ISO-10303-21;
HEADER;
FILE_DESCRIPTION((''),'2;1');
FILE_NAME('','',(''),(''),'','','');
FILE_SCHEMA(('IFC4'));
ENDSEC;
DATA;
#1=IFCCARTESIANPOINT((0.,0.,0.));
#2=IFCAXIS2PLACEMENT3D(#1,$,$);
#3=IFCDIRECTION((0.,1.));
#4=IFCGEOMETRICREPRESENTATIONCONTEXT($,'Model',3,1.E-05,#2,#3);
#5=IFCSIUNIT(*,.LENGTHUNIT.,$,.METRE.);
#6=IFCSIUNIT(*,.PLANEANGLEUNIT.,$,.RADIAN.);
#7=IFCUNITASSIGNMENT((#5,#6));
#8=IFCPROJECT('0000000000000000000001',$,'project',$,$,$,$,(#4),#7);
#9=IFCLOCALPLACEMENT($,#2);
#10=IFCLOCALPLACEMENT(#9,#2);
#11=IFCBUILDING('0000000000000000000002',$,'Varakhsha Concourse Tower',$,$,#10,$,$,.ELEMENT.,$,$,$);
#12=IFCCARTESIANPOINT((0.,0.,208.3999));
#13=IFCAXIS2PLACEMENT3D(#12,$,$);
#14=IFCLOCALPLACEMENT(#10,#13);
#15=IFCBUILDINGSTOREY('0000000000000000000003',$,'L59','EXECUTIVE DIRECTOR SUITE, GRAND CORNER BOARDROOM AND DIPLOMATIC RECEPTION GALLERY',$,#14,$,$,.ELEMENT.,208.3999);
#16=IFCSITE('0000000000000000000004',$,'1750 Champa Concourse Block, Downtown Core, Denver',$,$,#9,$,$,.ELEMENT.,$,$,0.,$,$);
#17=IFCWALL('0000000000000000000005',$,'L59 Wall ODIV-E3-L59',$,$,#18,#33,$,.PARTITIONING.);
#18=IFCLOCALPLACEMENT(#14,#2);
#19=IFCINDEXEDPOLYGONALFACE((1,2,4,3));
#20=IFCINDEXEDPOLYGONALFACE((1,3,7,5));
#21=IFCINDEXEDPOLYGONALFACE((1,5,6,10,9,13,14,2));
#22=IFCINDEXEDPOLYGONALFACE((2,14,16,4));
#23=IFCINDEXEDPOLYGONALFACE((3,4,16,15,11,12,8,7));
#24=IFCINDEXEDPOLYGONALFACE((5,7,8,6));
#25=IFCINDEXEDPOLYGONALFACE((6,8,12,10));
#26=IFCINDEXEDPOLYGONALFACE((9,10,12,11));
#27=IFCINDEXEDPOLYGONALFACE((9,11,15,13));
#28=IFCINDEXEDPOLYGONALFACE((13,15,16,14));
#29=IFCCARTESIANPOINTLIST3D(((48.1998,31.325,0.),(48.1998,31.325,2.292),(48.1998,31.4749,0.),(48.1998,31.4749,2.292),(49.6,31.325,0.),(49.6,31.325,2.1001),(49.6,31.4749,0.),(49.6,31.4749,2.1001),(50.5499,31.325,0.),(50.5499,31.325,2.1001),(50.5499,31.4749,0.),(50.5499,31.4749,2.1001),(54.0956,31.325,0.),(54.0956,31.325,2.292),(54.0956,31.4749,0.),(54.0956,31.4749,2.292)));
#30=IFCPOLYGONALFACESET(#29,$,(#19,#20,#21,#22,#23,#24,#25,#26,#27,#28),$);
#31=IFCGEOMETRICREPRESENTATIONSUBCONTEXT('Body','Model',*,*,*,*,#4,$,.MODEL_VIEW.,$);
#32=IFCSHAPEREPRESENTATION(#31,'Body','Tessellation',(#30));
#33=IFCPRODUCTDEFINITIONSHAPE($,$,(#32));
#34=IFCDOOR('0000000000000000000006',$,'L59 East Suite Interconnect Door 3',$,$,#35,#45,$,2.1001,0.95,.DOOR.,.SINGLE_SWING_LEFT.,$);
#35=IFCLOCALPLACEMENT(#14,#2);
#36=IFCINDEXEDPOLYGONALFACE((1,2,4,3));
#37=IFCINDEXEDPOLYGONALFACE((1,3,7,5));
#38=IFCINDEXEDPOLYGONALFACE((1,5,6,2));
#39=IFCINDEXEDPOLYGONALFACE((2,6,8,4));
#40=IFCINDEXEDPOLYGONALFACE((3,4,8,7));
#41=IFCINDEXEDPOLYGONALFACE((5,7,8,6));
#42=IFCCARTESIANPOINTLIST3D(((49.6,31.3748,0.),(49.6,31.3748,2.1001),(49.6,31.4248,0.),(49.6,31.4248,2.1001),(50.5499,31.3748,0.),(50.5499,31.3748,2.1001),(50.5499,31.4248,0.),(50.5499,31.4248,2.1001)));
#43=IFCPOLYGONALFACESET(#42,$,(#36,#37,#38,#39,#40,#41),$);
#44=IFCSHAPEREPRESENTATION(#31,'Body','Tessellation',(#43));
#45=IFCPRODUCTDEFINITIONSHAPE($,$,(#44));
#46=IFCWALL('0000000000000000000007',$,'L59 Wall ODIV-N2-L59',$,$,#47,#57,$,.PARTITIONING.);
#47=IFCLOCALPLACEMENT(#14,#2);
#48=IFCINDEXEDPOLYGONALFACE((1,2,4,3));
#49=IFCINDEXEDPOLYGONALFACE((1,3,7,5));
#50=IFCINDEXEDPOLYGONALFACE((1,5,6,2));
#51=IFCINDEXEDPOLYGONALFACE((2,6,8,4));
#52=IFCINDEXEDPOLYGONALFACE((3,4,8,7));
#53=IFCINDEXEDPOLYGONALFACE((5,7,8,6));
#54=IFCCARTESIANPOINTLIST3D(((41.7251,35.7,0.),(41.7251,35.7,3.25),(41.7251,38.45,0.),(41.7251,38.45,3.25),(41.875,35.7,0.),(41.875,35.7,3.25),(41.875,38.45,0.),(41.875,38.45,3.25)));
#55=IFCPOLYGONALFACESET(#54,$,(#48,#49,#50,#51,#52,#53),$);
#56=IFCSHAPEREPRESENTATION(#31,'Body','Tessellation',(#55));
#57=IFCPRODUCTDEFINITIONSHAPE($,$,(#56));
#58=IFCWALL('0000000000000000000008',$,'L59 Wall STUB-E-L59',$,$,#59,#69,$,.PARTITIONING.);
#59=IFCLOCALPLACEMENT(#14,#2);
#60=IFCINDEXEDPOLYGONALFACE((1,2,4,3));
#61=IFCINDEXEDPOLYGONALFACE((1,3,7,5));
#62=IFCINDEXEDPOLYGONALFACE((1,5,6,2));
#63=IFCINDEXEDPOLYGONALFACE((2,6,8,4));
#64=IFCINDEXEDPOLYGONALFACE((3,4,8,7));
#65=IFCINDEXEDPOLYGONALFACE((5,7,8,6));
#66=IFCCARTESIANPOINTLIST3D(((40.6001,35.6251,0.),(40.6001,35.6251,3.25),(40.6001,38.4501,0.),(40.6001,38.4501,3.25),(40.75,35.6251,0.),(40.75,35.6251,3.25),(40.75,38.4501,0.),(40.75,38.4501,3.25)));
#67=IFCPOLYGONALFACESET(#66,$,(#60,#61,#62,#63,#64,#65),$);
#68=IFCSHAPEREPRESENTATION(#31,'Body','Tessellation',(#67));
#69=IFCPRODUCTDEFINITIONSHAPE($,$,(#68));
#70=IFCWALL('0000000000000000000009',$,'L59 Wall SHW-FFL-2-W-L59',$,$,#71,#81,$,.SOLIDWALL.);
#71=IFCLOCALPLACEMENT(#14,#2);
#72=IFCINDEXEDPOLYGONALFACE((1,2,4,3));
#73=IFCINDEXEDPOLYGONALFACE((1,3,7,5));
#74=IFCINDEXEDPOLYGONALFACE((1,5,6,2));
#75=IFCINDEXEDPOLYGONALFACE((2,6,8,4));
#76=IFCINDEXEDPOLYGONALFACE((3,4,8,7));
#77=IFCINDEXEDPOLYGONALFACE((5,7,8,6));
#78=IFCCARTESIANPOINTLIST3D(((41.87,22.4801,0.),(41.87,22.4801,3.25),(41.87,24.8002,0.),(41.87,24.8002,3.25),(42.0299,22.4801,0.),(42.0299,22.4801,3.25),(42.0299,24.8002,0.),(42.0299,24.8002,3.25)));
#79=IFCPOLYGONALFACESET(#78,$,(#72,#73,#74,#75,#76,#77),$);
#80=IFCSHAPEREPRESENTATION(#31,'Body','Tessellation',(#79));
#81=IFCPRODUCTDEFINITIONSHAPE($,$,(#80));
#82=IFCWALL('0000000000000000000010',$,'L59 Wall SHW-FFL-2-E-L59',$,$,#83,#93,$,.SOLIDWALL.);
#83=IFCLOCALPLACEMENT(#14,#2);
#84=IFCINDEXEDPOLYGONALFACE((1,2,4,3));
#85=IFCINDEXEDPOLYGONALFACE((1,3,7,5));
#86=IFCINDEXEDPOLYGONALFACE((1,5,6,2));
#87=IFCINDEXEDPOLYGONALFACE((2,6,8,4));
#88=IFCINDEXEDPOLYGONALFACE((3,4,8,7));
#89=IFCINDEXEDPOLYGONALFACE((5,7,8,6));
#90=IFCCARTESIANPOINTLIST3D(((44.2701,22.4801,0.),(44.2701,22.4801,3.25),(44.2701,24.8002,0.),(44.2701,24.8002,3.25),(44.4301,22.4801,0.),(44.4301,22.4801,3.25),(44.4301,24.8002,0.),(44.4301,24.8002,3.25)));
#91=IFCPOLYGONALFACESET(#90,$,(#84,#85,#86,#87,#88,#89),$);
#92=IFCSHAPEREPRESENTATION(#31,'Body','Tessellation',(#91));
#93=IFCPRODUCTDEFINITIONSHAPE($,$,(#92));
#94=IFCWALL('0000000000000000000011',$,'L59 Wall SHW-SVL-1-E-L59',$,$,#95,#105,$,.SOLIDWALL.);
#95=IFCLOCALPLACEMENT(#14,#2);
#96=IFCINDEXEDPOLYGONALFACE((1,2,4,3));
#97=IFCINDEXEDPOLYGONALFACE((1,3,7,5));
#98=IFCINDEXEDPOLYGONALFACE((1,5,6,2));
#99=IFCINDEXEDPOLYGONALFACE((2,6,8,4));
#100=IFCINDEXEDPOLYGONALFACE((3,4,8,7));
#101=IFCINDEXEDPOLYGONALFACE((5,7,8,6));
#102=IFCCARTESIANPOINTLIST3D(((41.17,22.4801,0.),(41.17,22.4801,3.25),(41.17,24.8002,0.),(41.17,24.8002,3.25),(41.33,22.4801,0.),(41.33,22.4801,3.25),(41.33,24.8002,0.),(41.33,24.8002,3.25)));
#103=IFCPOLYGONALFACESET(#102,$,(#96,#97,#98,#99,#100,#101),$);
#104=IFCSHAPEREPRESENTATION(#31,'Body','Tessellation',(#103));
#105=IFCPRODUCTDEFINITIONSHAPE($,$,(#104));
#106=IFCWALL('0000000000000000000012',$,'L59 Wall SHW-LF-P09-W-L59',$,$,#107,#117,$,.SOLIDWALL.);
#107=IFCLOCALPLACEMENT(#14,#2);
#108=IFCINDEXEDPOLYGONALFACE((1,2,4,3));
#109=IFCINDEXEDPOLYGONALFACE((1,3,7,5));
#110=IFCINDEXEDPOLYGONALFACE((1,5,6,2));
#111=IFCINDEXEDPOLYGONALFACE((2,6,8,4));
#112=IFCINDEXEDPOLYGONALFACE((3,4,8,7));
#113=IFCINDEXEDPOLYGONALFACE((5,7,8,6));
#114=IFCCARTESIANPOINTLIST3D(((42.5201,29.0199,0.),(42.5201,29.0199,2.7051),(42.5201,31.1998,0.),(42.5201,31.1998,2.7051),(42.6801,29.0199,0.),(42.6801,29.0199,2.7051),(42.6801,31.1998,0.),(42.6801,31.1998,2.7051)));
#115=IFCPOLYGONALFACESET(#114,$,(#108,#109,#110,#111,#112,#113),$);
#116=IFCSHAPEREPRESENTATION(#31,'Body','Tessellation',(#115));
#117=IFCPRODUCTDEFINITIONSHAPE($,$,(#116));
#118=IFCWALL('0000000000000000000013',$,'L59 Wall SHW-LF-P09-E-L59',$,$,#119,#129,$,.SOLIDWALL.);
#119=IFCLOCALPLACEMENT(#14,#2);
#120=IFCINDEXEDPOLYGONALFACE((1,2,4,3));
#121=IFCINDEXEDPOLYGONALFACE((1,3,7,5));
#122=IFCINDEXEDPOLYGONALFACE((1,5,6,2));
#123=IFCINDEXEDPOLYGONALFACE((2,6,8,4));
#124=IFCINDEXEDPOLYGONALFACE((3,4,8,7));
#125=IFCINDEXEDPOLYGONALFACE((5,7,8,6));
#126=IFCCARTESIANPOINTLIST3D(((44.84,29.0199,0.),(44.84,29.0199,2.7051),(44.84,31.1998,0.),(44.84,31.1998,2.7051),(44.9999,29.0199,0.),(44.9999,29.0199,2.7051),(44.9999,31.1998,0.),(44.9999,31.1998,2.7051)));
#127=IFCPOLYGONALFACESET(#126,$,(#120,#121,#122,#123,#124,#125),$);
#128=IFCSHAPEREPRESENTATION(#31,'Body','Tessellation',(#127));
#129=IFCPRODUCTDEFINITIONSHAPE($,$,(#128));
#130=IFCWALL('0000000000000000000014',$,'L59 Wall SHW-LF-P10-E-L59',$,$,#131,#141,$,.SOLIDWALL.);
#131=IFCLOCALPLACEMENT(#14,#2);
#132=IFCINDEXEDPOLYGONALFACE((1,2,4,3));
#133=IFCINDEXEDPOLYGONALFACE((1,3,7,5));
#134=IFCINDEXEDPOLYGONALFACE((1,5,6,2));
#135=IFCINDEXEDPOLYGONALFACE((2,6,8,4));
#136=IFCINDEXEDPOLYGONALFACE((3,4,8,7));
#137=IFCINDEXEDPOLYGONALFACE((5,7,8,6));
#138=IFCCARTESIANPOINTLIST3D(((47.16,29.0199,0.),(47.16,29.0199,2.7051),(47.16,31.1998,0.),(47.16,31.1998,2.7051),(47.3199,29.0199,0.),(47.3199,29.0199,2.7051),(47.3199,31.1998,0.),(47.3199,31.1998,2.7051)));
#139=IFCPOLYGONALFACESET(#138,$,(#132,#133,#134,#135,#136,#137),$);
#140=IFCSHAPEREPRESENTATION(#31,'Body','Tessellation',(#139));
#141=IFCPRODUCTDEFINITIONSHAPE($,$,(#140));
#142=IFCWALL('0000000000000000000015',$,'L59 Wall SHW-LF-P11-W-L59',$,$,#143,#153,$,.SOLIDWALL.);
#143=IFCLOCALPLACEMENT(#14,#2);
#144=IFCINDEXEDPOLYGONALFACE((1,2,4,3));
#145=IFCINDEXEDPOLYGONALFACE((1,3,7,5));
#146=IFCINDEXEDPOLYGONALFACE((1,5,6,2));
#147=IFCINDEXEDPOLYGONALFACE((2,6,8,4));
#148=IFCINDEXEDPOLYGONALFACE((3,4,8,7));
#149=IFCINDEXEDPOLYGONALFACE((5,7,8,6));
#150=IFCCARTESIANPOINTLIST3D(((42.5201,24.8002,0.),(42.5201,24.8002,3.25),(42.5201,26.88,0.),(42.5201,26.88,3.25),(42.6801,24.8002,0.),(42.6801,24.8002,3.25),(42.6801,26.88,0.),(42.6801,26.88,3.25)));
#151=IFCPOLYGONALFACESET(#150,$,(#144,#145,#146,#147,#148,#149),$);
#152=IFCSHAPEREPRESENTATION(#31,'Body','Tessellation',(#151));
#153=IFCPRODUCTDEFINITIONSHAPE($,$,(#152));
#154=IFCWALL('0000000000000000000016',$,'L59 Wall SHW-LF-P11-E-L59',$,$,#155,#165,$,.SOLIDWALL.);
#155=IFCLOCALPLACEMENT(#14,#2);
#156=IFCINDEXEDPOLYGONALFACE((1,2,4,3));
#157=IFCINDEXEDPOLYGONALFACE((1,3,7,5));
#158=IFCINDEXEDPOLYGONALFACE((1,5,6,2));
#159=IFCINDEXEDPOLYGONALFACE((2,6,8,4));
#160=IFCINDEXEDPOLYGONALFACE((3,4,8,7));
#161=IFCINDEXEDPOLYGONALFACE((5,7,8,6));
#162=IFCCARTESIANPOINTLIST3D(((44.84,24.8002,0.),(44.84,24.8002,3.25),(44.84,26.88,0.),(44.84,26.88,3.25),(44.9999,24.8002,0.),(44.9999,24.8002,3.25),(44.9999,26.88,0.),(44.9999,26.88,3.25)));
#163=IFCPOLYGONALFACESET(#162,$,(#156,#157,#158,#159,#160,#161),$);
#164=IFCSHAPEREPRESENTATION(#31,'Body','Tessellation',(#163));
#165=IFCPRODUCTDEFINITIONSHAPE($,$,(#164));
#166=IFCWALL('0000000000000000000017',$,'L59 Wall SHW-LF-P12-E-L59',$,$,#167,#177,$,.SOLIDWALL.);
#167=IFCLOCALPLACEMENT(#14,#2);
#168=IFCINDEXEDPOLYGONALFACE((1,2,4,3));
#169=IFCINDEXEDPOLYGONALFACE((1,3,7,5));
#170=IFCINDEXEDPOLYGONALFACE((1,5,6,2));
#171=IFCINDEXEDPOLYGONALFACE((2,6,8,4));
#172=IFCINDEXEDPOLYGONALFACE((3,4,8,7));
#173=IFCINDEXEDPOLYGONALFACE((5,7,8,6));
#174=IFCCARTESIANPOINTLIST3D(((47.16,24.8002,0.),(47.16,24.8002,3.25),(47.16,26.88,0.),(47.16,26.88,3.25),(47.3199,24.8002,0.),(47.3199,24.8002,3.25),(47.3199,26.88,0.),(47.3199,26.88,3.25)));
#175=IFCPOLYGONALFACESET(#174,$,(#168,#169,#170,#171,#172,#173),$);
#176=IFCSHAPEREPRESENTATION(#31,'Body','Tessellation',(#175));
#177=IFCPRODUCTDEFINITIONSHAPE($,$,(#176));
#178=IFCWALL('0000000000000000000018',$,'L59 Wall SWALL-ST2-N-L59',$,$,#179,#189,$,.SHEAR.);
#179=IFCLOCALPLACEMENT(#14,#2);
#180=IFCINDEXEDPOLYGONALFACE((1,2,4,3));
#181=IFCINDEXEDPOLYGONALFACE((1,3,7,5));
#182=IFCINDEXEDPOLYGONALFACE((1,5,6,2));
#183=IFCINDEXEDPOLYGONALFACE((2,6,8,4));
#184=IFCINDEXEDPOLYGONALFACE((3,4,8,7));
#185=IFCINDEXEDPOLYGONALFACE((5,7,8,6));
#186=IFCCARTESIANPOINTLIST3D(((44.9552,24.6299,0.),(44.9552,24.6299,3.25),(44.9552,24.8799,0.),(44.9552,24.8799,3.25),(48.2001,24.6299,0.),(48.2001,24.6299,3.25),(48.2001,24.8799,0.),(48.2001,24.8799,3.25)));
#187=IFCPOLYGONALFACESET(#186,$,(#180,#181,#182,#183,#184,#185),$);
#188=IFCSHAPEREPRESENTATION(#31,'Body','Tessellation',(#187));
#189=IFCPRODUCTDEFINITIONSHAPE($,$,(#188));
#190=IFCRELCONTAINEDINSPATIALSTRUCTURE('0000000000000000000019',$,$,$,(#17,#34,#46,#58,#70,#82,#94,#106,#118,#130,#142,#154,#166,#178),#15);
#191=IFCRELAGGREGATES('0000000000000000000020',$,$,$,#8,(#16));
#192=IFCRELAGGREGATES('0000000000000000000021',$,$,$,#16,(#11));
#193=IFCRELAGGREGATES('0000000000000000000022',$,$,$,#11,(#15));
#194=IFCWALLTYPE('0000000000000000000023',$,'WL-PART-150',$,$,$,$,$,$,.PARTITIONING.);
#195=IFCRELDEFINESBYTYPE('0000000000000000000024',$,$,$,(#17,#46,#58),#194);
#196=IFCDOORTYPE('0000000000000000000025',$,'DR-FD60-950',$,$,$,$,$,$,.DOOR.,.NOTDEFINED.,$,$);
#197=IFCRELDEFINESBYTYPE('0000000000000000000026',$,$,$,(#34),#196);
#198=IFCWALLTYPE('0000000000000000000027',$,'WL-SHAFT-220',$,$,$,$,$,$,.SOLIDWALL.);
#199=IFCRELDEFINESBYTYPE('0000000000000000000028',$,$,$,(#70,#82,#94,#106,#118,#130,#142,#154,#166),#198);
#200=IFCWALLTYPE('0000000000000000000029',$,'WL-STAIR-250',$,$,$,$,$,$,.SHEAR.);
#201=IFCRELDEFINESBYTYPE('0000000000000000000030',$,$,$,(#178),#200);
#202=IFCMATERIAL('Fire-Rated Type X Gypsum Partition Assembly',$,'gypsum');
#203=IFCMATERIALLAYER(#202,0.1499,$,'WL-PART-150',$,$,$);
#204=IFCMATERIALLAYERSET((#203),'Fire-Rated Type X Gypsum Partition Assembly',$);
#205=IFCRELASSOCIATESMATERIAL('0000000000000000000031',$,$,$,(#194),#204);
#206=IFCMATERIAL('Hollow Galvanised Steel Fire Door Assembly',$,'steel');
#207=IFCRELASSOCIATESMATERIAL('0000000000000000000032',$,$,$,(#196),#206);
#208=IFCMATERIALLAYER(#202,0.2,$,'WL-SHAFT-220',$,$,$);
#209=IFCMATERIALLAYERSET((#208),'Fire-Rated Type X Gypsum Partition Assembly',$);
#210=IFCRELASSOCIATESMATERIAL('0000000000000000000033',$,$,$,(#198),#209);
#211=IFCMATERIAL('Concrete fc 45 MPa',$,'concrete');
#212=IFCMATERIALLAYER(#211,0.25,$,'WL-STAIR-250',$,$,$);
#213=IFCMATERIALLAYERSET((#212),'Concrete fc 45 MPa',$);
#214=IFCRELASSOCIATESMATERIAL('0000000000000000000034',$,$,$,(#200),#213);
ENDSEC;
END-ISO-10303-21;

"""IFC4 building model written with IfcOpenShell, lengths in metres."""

from ifc_helpers import new_model, si_unit, direction, frame, frame_2d, origin, place, context, subcontext, project, spatial, rectangle, extrude, material, layer, layer_set, type_object, element, fill, save


model = new_model("IFC4")

# Units and contexts
model_context = context("Model", 3, precision=1e-05, world=origin(), true_north=direction((0.0, 1.0)))
body_context = subcontext(model_context, "Body", "Model", "MODEL_VIEW")
ifc_project = project(units=[si_unit("LENGTHUNIT", "METRE"), si_unit("PLANEANGLEUNIT", "RADIAN")], contexts=[model_context])

# Site, building, storey
site_placement = place(None, origin())
site = spatial("IfcSite", under=ifc_project, at=site_placement, Name="1750 Champa Concourse Block, Downtown Core, Denver", CompositionType="ELEMENT", RefElevation=0.0)
building_placement = place(site_placement, origin())
building = spatial("IfcBuilding", under=site, at=building_placement, Name="Varakhsha Concourse Tower", CompositionType="ELEMENT")
storey_placement = place(building_placement, frame((0.0, 0.0, 208.3999)))
storey = spatial("IfcBuildingStorey", under=building, at=storey_placement, Name="L59", Description="EXECUTIVE DIRECTOR SUITE, GRAND CORNER BOARDROOM AND DIPLOMATIC RECEPTION GALLERY", CompositionType="ELEMENT", Elevation=208.3999)

# Shared definitions
ifc_material_1 = material(Name="Fire-Rated Type X Gypsum Partition Assembly", Category="gypsum")
ifc_layer_1 = layer(ifc_material_1, 0.1499, Name="WL-PART-150")
ifc_layer_set_1 = layer_set([ifc_layer_1], Name="Fire-Rated Type X Gypsum Partition Assembly")
wall_type_1 = type_object("IfcWallType", Name="WL-PART-150", PredefinedType="PARTITIONING", material=ifc_layer_set_1)

# Shared definitions
ifc_material_2 = material(Name="Hollow Galvanised Steel Fire Door Assembly", Category="steel")
door_type = type_object("IfcDoorType", Name="DR-FD60-950", OperationType="NOTDEFINED", PredefinedType="DOOR", material=ifc_material_2)

# Wall, opening, door
wall_1_placement = place(storey_placement, frame((48.2, 31.3999, 0.0), z_axis=(0.0, 0.0, 1.0), x_axis=(1.0, 0.0, 0.0)))
wall_1 = element("IfcWall", 1, at=wall_1_placement, inside=storey, type_object=wall_type_1, Name="L59 Wall ODIV-E3-L59", PredefinedType="PARTITIONING", context=body_context, shape_type="SweptSolid", body=[
    extrude(rectangle(XDim=5.8958, YDim=0.1499, at=frame_2d((2.9478, 0.0))), origin(), (0.0, 0.0, 1.0), 2.292),
])
opening_1_placement = place(wall_1_placement, frame((1.3999, 0.0, 0.0)))
opening_1 = element("IfcOpeningElement", 2, at=opening_1_placement, cuts=wall_1, PredefinedType="OPENING", context=body_context, shape_type="SweptSolid", body=[
    extrude(rectangle(XDim=0.95, YDim=2.1001, at=frame_2d((0.4751, 1.05))), frame((0.0, 0.085, 0.0), z_axis=(0.0, -1.0, 0.0), x_axis=(1.0, 0.0, 0.0)), (0.0, 0.0, 1.0), 0.1699),
])
door_1_placement = place(opening_1_placement, origin())
door_1 = element("IfcDoor", 3, at=door_1_placement, inside=storey, type_object=door_type, Name="L59 East Suite Interconnect Door 3", OperationType="SINGLE_SWING_LEFT", OverallHeight=2.1001, OverallWidth=0.95, PredefinedType="DOOR", context=body_context, shape_type="SweptSolid", body=[
    extrude(rectangle(XDim=0.95, YDim=2.1001, at=frame_2d((0.4751, 1.05))), frame((0.0, 0.0249, 0.0), z_axis=(0.0, -1.0, 0.0), x_axis=(1.0, 0.0, 0.0)), (0.0, 0.0, 1.0), 0.05),
])
fill(opening_1, door_1)

# Walls
wall_2_placement = place(storey_placement, frame((41.8, 35.7, 0.0), z_axis=(0.0, 0.0, 1.0), x_axis=(0.0, 1.0, 0.0)))
element("IfcWall", 4, at=wall_2_placement, inside=storey, type_object=wall_type_1, Name="L59 Wall ODIV-N2-L59", PredefinedType="PARTITIONING", context=body_context, shape_type="SweptSolid", body=[
    extrude(rectangle(XDim=2.75, YDim=0.1499, at=frame_2d((1.375, 0.0))), origin(), (0.0, 0.0, 1.0), 3.25),
])
wall_3_placement = place(storey_placement, frame((40.675, 35.625, 0.0), z_axis=(0.0, 0.0, 1.0), x_axis=(0.0, 1.0, 0.0)))
element("IfcWall", 5, at=wall_3_placement, inside=storey, type_object=wall_type_1, Name="L59 Wall STUB-E-L59", PredefinedType="PARTITIONING", context=body_context, shape_type="SweptSolid", body=[
    extrude(rectangle(XDim=2.825, YDim=0.1499, at=frame_2d((1.4126, 0.0))), origin(), (0.0, 0.0, 1.0), 3.25),
])
ifc_layer_2 = layer(ifc_material_1, 0.2, Name="WL-SHAFT-220")
ifc_layer_set_2 = layer_set([ifc_layer_2], Name="Fire-Rated Type X Gypsum Partition Assembly")
wall_type_2 = type_object("IfcWallType", Name="WL-SHAFT-220", PredefinedType="SOLIDWALL", material=ifc_layer_set_2)
for number, where, z_axis, x_axis, name in (
    (6, (41.95, 22.48, 0.0), (0.0, 0.0, 1.0), (0.0, 1.0, 0.0), "L59 Wall SHW-FFL-2-W-L59"),
    (7, (44.3501, 22.48, 0.0), (0.0, 0.0, 1.0), (0.0, 1.0, 0.0), "L59 Wall SHW-FFL-2-E-L59"),
    (8, (41.25, 22.48, 0.0), (0.0, 0.0, 1.0), (0.0, 1.0, 0.0), "L59 Wall SHW-SVL-1-E-L59"),
):
    element("IfcWall", number, at=place(storey_placement, frame(where, z_axis=z_axis, x_axis=x_axis)), inside=storey, type_object=wall_type_2, Name=name, PredefinedType="SOLIDWALL", context=body_context, shape_type="SweptSolid", body=[
        extrude(rectangle(XDim=2.3201, YDim=0.1599, at=frame_2d((1.1602, 0.0))), origin(), (0.0, 0.0, 1.0), 3.25),
    ])
for number, where, z_axis, x_axis, name in (
    (9, (42.6001, 29.02, 0.0), (0.0, 0.0, 1.0), (0.0, 1.0, 0.0), "L59 Wall SHW-LF-P09-W-L59"),
    (10, (44.9199, 29.02, 0.0), (0.0, 0.0, 1.0), (0.0, 1.0, 0.0), "L59 Wall SHW-LF-P09-E-L59"),
    (11, (47.24, 29.02, 0.0), (0.0, 0.0, 1.0), (0.0, 1.0, 0.0), "L59 Wall SHW-LF-P10-E-L59"),
):
    element("IfcWall", number, at=place(storey_placement, frame(where, z_axis=z_axis, x_axis=x_axis)), inside=storey, type_object=wall_type_2, Name=name, PredefinedType="SOLIDWALL", context=body_context, shape_type="SweptSolid", body=[
        extrude(rectangle(XDim=2.1799, YDim=0.1599, at=frame_2d((1.0898, 0.0))), origin(), (0.0, 0.0, 1.0), 2.7051),
    ])
for number, where, z_axis, x_axis, name in (
    (12, (42.6001, 24.8, 0.0), (0.0, 0.0, 1.0), (0.0, 1.0, 0.0), "L59 Wall SHW-LF-P11-W-L59"),
    (13, (44.9199, 24.8, 0.0), (0.0, 0.0, 1.0), (0.0, 1.0, 0.0), "L59 Wall SHW-LF-P11-E-L59"),
    (14, (47.24, 24.8, 0.0), (0.0, 0.0, 1.0), (0.0, 1.0, 0.0), "L59 Wall SHW-LF-P12-E-L59"),
):
    element("IfcWall", number, at=place(storey_placement, frame(where, z_axis=z_axis, x_axis=x_axis)), inside=storey, type_object=wall_type_2, Name=name, PredefinedType="SOLIDWALL", context=body_context, shape_type="SweptSolid", body=[
        extrude(rectangle(XDim=2.0798, YDim=0.1599, at=frame_2d((1.04, 0.0))), origin(), (0.0, 0.0, 1.0), 3.25),
    ])
ifc_material_3 = material(Name="Concrete fc 45 MPa", Category="concrete")
ifc_layer_3 = layer(ifc_material_3, 0.25, Name="WL-STAIR-250")
ifc_layer_set_3 = layer_set([ifc_layer_3], Name="Concrete fc 45 MPa")
wall_type_3 = type_object("IfcWallType", Name="WL-STAIR-250", PredefinedType="SHEAR", material=ifc_layer_set_3)
wall_4_placement = place(storey_placement, frame((44.9551, 24.7549, 0.0), z_axis=(0.0, 0.0, 1.0), x_axis=(1.0, 0.0, 0.0)))
element("IfcWall", 15, at=wall_4_placement, inside=storey, type_object=wall_type_3, Name="L59 Wall SWALL-ST2-N-L59", PredefinedType="SHEAR", context=body_context, shape_type="SweptSolid", body=[
    extrude(rectangle(XDim=3.2449, YDim=0.25, at=frame_2d((1.6226, 0.0))), origin(), (0.0, 0.0, 1.0), 3.25),
])

save(model, "model.ifc")
